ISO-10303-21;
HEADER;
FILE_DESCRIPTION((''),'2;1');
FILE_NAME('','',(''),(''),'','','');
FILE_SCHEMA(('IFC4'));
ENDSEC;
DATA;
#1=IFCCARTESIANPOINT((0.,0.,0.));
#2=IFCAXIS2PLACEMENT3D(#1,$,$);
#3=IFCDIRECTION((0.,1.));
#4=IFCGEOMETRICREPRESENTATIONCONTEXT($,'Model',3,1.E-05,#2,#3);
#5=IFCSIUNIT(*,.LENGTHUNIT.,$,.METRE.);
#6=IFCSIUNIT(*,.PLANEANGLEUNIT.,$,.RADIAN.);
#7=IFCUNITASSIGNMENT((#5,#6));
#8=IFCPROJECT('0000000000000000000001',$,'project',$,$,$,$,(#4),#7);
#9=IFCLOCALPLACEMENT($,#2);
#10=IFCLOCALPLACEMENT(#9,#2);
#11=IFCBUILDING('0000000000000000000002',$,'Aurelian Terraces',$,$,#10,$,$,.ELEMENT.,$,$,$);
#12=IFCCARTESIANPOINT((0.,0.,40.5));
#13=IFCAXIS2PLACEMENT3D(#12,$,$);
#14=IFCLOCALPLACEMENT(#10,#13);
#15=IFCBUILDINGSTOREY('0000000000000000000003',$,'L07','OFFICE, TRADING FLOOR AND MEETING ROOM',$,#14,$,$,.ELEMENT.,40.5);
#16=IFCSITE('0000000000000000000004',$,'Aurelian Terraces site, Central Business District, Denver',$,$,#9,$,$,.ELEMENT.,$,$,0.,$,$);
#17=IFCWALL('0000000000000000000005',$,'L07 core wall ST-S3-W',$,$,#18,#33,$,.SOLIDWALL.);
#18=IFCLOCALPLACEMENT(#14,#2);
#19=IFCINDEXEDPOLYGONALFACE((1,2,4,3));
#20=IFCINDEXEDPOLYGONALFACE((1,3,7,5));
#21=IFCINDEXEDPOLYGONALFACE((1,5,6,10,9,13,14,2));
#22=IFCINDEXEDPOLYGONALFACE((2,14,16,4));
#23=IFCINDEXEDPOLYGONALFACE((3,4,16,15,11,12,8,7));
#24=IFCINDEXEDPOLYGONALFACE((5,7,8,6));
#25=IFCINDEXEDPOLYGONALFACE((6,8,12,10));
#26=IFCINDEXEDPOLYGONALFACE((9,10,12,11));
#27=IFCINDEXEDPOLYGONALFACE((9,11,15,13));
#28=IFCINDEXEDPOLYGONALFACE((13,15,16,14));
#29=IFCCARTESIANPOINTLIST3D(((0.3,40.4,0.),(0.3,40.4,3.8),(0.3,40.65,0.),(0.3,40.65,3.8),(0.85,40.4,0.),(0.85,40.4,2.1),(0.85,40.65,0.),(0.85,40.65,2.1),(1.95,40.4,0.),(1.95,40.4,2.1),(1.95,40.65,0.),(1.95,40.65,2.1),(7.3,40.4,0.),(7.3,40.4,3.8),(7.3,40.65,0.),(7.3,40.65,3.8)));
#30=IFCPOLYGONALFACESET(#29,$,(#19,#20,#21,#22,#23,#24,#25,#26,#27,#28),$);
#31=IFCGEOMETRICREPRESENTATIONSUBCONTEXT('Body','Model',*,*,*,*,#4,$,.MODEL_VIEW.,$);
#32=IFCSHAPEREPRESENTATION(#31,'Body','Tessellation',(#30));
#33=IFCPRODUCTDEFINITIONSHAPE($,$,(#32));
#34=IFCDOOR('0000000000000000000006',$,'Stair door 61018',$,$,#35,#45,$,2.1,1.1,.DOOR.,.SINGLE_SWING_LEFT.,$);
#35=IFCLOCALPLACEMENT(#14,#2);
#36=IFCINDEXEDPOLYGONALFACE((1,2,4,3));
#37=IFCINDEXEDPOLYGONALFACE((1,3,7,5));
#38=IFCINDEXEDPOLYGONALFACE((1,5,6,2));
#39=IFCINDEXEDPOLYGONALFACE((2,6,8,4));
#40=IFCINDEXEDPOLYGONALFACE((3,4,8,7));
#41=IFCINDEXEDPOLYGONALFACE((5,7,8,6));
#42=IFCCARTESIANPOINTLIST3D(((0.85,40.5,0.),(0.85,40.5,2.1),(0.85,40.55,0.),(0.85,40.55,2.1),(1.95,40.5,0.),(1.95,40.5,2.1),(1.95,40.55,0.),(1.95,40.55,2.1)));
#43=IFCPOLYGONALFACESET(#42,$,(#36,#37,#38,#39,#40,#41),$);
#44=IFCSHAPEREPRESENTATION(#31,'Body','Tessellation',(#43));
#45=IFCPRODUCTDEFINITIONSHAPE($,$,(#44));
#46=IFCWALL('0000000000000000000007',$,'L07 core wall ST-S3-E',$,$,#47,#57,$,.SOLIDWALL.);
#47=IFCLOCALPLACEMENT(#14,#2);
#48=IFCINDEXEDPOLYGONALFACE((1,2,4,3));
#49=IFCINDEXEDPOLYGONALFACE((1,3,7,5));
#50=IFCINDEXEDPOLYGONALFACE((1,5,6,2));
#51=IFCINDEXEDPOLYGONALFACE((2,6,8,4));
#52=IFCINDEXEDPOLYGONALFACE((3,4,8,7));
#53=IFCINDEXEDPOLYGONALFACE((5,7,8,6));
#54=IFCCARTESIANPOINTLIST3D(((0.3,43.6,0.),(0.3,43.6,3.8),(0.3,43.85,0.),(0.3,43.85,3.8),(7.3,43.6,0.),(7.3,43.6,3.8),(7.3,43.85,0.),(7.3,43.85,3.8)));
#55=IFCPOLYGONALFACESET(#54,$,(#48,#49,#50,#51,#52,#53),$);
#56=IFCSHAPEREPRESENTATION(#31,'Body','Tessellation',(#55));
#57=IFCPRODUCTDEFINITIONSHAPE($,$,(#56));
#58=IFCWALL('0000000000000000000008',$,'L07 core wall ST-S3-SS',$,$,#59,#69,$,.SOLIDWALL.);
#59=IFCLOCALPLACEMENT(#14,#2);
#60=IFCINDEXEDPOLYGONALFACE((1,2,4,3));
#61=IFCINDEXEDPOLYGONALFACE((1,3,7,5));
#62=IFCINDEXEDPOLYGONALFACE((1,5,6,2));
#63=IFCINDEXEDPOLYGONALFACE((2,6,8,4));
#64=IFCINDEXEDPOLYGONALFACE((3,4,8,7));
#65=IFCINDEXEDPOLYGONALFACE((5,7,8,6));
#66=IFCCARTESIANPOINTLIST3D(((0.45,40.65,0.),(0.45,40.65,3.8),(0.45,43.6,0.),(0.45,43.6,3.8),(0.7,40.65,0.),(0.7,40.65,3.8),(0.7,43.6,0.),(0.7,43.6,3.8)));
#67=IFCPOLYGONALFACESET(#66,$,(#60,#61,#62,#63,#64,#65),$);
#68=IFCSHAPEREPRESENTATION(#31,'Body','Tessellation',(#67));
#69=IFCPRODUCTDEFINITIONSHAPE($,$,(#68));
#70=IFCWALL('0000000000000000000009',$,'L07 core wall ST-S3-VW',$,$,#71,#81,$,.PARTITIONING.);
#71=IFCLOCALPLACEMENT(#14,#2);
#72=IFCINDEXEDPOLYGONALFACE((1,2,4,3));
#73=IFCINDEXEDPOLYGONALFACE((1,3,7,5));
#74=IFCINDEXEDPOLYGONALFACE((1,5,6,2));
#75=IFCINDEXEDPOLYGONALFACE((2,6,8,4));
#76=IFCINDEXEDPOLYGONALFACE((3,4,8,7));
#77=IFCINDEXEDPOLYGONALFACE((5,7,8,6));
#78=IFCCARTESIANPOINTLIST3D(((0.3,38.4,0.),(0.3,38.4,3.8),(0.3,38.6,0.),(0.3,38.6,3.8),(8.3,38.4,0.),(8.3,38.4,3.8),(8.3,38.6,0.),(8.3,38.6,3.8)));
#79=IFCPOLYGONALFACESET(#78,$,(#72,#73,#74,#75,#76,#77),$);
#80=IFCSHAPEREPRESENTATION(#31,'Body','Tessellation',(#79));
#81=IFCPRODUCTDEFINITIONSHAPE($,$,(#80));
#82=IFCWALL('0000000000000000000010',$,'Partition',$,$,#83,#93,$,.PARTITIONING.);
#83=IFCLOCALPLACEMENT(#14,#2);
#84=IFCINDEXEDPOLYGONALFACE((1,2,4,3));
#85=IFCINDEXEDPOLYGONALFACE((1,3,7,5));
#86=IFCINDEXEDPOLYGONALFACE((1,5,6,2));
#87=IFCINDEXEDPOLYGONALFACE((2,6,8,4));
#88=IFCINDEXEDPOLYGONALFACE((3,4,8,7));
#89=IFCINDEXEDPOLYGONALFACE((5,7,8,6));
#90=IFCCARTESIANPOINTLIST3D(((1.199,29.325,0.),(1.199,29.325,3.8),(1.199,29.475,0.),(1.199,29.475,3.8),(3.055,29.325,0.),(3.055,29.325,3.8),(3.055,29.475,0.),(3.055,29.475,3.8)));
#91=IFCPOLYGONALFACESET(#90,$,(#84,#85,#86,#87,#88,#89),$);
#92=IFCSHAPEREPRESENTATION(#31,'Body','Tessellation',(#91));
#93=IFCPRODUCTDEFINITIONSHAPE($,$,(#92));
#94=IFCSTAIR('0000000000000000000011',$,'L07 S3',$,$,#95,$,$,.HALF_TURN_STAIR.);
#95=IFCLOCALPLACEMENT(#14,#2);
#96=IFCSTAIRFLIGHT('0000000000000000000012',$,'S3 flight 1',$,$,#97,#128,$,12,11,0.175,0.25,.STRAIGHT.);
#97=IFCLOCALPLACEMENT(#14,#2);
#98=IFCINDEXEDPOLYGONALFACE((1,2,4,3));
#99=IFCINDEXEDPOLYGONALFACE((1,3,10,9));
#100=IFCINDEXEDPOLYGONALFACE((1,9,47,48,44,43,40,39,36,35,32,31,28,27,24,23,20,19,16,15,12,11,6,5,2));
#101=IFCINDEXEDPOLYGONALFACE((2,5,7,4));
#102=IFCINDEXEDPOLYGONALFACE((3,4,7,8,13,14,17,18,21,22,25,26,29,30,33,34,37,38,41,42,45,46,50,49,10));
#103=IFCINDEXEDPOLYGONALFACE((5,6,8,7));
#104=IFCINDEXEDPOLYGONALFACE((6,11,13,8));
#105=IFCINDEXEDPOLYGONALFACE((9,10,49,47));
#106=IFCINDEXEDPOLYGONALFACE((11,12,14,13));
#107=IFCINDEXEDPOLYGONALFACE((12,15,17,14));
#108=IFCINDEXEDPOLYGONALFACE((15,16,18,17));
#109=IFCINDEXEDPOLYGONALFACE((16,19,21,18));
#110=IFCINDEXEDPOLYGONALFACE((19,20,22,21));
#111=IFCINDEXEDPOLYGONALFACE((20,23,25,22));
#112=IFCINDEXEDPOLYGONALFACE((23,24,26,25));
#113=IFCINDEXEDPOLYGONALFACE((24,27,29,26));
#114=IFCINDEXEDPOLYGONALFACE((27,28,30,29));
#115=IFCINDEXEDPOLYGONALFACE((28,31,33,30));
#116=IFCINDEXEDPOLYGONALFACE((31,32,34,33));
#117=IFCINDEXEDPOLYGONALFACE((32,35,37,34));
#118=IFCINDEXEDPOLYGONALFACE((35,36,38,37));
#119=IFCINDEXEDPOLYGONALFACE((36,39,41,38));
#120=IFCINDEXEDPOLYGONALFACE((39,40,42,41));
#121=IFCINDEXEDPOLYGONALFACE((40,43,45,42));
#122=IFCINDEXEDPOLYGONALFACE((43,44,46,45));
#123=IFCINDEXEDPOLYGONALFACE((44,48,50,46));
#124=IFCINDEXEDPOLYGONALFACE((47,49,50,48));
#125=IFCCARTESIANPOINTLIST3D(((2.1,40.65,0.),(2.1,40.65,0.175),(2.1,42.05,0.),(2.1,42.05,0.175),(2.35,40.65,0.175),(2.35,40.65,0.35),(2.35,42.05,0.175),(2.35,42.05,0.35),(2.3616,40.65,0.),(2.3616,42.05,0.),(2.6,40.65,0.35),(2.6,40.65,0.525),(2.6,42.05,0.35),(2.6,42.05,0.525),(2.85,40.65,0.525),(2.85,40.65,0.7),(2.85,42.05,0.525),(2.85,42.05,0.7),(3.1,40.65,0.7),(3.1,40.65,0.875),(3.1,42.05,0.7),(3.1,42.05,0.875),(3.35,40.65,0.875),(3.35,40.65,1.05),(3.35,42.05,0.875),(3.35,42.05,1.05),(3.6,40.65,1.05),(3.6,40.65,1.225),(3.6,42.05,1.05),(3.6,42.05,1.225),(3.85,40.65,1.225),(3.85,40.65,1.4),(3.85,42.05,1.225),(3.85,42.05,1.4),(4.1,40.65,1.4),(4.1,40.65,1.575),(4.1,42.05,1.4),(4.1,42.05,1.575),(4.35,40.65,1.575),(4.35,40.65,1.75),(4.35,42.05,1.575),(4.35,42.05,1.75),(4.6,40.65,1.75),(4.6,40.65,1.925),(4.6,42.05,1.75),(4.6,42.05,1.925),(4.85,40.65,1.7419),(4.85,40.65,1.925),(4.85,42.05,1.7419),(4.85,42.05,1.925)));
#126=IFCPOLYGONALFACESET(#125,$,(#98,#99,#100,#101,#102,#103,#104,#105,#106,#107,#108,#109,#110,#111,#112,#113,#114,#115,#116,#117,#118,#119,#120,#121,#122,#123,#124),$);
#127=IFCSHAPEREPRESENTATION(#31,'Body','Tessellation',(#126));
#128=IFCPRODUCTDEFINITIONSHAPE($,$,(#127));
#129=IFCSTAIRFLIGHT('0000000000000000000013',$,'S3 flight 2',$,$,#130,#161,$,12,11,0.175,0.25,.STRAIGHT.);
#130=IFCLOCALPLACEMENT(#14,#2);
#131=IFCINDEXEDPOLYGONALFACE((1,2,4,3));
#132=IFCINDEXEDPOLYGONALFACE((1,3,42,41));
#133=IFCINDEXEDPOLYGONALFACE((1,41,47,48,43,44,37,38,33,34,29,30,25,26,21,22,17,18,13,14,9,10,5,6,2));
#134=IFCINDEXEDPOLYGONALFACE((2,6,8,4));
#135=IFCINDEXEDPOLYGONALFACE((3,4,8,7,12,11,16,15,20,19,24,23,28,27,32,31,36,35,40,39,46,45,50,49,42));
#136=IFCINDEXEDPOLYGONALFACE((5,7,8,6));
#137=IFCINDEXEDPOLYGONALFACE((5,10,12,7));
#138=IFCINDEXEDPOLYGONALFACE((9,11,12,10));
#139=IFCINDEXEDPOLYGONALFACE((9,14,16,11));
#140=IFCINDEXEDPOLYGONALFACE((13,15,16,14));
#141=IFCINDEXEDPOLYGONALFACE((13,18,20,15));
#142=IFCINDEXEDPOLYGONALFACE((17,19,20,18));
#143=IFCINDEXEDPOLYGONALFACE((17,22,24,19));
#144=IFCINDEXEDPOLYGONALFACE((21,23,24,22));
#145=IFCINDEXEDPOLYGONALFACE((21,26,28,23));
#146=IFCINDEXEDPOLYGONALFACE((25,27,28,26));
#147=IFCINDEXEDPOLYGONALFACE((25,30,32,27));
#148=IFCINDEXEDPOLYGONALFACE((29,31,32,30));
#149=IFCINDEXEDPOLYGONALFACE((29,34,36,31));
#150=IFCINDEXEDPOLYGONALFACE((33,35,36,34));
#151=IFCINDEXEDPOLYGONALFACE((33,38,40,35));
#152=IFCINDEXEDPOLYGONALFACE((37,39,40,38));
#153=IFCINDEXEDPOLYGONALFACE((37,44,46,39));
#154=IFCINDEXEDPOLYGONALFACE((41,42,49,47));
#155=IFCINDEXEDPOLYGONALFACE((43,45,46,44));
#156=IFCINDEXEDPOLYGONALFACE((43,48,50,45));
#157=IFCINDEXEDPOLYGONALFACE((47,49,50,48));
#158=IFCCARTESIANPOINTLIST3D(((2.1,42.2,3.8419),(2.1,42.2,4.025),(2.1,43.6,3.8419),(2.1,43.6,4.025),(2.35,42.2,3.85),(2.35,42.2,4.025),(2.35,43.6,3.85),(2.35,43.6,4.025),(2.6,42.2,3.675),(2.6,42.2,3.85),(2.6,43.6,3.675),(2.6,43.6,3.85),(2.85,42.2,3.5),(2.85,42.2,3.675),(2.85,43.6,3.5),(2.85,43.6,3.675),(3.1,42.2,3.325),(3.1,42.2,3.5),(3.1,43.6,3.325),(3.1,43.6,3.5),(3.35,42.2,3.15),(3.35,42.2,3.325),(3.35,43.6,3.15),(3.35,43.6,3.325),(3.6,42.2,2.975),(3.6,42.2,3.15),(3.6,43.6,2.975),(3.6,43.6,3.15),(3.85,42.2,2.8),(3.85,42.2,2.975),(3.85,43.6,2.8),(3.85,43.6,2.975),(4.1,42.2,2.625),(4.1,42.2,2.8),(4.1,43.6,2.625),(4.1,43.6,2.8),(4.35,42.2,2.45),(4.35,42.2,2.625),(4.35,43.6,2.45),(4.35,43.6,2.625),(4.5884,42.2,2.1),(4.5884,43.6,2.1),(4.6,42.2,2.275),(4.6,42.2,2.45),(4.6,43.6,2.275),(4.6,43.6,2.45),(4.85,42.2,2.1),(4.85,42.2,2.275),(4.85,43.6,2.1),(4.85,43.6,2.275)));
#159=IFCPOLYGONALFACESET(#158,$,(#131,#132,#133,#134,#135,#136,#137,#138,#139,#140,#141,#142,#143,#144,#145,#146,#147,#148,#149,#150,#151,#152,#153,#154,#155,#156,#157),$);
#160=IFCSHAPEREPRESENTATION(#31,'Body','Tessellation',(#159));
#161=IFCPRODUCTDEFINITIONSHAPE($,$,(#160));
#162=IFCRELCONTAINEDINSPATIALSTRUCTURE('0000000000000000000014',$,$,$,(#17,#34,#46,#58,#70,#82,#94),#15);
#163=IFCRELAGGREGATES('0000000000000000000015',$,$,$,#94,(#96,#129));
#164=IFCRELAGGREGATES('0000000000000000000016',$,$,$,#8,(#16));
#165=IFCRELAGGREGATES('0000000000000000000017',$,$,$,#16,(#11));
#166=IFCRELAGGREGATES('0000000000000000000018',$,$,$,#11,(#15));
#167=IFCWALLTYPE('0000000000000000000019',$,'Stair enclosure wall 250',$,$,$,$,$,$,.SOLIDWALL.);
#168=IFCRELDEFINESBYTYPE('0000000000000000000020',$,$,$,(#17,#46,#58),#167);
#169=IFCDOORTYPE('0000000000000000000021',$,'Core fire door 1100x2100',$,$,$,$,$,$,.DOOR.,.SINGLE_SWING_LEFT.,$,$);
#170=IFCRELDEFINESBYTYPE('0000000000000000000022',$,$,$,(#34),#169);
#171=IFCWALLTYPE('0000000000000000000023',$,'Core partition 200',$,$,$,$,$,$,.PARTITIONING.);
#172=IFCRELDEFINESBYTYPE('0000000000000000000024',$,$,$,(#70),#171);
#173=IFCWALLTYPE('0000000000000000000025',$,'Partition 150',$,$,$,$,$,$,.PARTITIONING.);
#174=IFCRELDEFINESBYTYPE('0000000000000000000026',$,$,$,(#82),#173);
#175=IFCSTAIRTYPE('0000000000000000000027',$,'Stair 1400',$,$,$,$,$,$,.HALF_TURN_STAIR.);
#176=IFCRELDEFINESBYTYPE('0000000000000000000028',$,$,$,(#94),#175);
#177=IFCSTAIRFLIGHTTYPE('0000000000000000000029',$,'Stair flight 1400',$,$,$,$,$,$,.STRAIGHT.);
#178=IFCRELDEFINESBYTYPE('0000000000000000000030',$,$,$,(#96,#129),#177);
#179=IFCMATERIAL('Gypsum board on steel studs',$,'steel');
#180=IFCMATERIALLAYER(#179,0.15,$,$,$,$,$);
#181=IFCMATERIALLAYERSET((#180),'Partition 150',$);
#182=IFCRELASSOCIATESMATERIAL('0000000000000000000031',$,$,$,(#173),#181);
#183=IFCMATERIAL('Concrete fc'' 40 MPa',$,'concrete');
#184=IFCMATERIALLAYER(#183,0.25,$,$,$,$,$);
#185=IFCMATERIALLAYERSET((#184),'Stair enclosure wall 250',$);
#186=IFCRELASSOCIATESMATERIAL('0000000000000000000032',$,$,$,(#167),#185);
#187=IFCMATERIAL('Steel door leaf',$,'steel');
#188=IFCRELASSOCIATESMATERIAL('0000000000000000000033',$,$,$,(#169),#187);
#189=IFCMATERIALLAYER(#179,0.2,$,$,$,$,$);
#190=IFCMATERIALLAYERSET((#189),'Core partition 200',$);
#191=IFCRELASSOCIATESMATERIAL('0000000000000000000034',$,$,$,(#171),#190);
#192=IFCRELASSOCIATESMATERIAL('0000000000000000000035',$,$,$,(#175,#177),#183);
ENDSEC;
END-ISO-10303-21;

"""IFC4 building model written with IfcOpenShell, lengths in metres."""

from ifc_helpers import new_model, si_unit, direction, frame, frame_2d, origin, place, context, subcontext, project, spatial, polyline, rectangle, outline, extrude, source, transform, mapped, material, layer, layer_set, type_object, element, fill, aggregate, save


model = new_model("IFC4")

# Units and contexts
model_context = context("Model", 3, precision=1e-05, world=origin(), true_north=direction((0.0, 1.0)))
body_context = subcontext(model_context, "Body", "Model", "MODEL_VIEW")
ifc_project = project(units=[si_unit("LENGTHUNIT", "METRE"), si_unit("PLANEANGLEUNIT", "RADIAN")], contexts=[model_context])

# Site, building, storey
site_placement = place(None, origin())
site = spatial("IfcSite", under=ifc_project, at=site_placement, Name="Aurelian Terraces site, Central Business District, Denver", CompositionType="ELEMENT", RefElevation=0.0)
building_placement = place(site_placement, origin())
building = spatial("IfcBuilding", under=site, at=building_placement, Name="Aurelian Terraces", CompositionType="ELEMENT")
storey_placement = place(building_placement, frame((0.0, 0.0, 40.5)))
storey = spatial("IfcBuildingStorey", under=building, at=storey_placement, Name="L07", Description="OFFICE, TRADING FLOOR AND MEETING ROOM", CompositionType="ELEMENT", Elevation=40.5)

# Shared definitions
ifc_material_1 = material(Name="Gypsum board on steel studs", Category="steel")
ifc_layer_1 = layer(ifc_material_1, 0.15)
ifc_layer_set_1 = layer_set([ifc_layer_1], Name="Partition 150")
wall_type_1 = type_object("IfcWallType", Name="Partition 150", PredefinedType="PARTITIONING", material=ifc_layer_set_1)

# Shared definitions
ifc_material_2 = material(Name="Concrete fc' 40 MPa", Category="concrete")

# Wall, opening, door
ifc_layer_2 = layer(ifc_material_2, 0.25)
ifc_layer_set_2 = layer_set([ifc_layer_2], Name="Stair enclosure wall 250")
wall_type_2 = type_object("IfcWallType", Name="Stair enclosure wall 250", PredefinedType="SOLIDWALL", material=ifc_layer_set_2)
shared_shape_1 = source(origin(), body_context, "Body", "SweptSolid", [
    extrude(rectangle(XDim=7.0, YDim=0.25, at=frame_2d((3.5, 0.0))), origin(), (0.0, 0.0, 1.0), 3.8),
])
wall_1_placement = place(storey_placement, frame((0.3, 40.525, 0.0), z_axis=(0.0, 0.0, 1.0), x_axis=(1.0, 0.0, 0.0)))
wall_1 = element("IfcWall", 1, at=wall_1_placement, inside=storey, type_object=wall_type_2, Name="L07 core wall ST-S3-W", PredefinedType="SOLIDWALL", context=body_context, shape_type="MappedRepresentation", body=[
    mapped(shared_shape_1, transform((0.0, 0.0, 0.0), scale=1.0)),
])
shared_shape_2 = source(origin(), body_context, "Body", "SweptSolid", [
    extrude(rectangle(XDim=1.1, YDim=2.1, at=frame_2d((0.55, 1.05))), frame((0.0, 0.135, 0.0), z_axis=(0.0, -1.0, 0.0), x_axis=(1.0, 0.0, 0.0)), (0.0, 0.0, 1.0), 0.27),
])
opening_1_placement = place(wall_1_placement, frame((0.55, 0.0, 0.0)))
opening_1 = element("IfcOpeningElement", 2, at=opening_1_placement, cuts=wall_1, PredefinedType="OPENING", context=body_context, shape_type="MappedRepresentation", body=[
    mapped(shared_shape_2, transform((0.0, 0.0, 0.0), scale=1.0)),
])
ifc_material_3 = material(Name="Steel door leaf", Category="steel")
door_type_1 = type_object("IfcDoorType", Name="Core fire door 1100x2100", OperationType="SINGLE_SWING_LEFT", PredefinedType="DOOR", material=ifc_material_3)
shared_shape_3 = source(origin(), body_context, "Body", "SweptSolid", [
    extrude(rectangle(XDim=1.1, YDim=2.1, at=frame_2d((0.55, 1.05))), frame((0.0, 0.025, 0.0), z_axis=(0.0, -1.0, 0.0), x_axis=(1.0, 0.0, 0.0)), (0.0, 0.0, 1.0), 0.05),
])
door_1_placement = place(opening_1_placement, origin())
door_1 = element("IfcDoor", 3, at=door_1_placement, inside=storey, type_object=door_type_1, Name="Stair door 61018", OperationType="SINGLE_SWING_LEFT", OverallHeight=2.1, OverallWidth=1.1, PredefinedType="DOOR", context=body_context, shape_type="MappedRepresentation", body=[
    mapped(shared_shape_3, transform((0.0, 0.0, 0.0), scale=1.0)),
])
fill(opening_1, door_1)

# Walls
wall_2_placement = place(storey_placement, frame((0.3, 43.725, 0.0), z_axis=(0.0, 0.0, 1.0), x_axis=(1.0, 0.0, 0.0)))
element("IfcWall", 4, at=wall_2_placement, inside=storey, type_object=wall_type_2, Name="L07 core wall ST-S3-E", PredefinedType="SOLIDWALL", context=body_context, shape_type="MappedRepresentation", body=[
    mapped(shared_shape_1, transform((0.0, 0.0, 0.0), scale=1.0)),
])
shared_shape_4 = source(origin(), body_context, "Body", "SweptSolid", [
    extrude(rectangle(XDim=2.95, YDim=0.25, at=frame_2d((1.475, 0.0))), origin(), (0.0, 0.0, 1.0), 3.8),
])
wall_3_placement = place(storey_placement, frame((0.575, 40.65, 0.0), z_axis=(0.0, 0.0, 1.0), x_axis=(0.0, 1.0, 0.0)))
element("IfcWall", 5, at=wall_3_placement, inside=storey, type_object=wall_type_2, Name="L07 core wall ST-S3-SS", PredefinedType="SOLIDWALL", context=body_context, shape_type="MappedRepresentation", body=[
    mapped(shared_shape_4, transform((0.0, 0.0, 0.0), scale=1.0)),
])
ifc_layer_3 = layer(ifc_material_1, 0.2)
ifc_layer_set_3 = layer_set([ifc_layer_3], Name="Core partition 200")
wall_type_3 = type_object("IfcWallType", Name="Core partition 200", PredefinedType="PARTITIONING", material=ifc_layer_set_3)
shared_shape_5 = source(origin(), body_context, "Body", "SweptSolid", [
    extrude(rectangle(XDim=8.0, YDim=0.2, at=frame_2d((4.0, 0.0))), origin(), (0.0, 0.0, 1.0), 3.8),
])
wall_4_placement = place(storey_placement, frame((0.3, 38.5, 0.0), z_axis=(0.0, 0.0, 1.0), x_axis=(1.0, 0.0, 0.0)))
element("IfcWall", 6, at=wall_4_placement, inside=storey, type_object=wall_type_3, Name="L07 core wall ST-S3-VW", PredefinedType="PARTITIONING", context=body_context, shape_type="MappedRepresentation", body=[
    mapped(shared_shape_5, transform((0.0, 0.0, 0.0), scale=1.0)),
])
shared_shape_6 = source(origin(), body_context, "Body", "SweptSolid", [
    extrude(rectangle(XDim=1.856, YDim=0.15, at=frame_2d((0.928, 0.0))), origin(), (0.0, 0.0, 1.0), 3.8),
])
wall_5_placement = place(storey_placement, frame((3.055, 29.4, 0.0), z_axis=(0.0, 0.0, 1.0), x_axis=(-1.0, 0.0, 0.0)))
element("IfcWall", 7, at=wall_5_placement, inside=storey, type_object=wall_type_1, Name="Partition", PredefinedType="PARTITIONING", context=body_context, shape_type="MappedRepresentation", body=[
    mapped(shared_shape_6, transform((0.0, 0.0, 0.0), scale=1.0)),
])

# Stair, stair flights
stair_type = type_object("IfcStairType", Name="Stair 1400", PredefinedType="HALF_TURN_STAIR", material=ifc_material_2)
stair_placement = place(storey_placement, origin())
stair = element("IfcStair", 8, at=stair_placement, inside=storey, type_object=stair_type, Name="L07 S3", PredefinedType="HALF_TURN_STAIR")
stair_flight_type = type_object("IfcStairFlightType", Name="Stair flight 1400", PredefinedType="STRAIGHT", material=ifc_material_2)
shared_shape_7 = source(origin(), body_context, "Body", "SweptSolid", [
    extrude(outline(polyline([(0.0, 0.0), (0.0, 0.175), (0.25, 0.175), (0.25, 0.35), (0.5, 0.35), (0.5, 0.525), (0.75, 0.525), (0.75, 0.7), (1.0, 0.7), (1.0, 0.875), (1.25, 0.875), (1.25, 1.05), (1.5, 1.05), (1.5, 1.225), (1.75, 1.225), (1.75, 1.4), (2.0, 1.4), (2.0, 1.575), (2.25, 1.575), (2.25, 1.75), (2.5, 1.75), (2.5, 1.925), (2.75, 1.925), (2.75, 2.1), (2.75, 1.7419), (0.2616, 0.0), (0.0, 0.0)])), frame((0.0, 0.7, 0.0), z_axis=(0.0, -1.0, 0.0), x_axis=(1.0, 0.0, 0.0)), (0.0, 0.0, 1.0), 1.4),
])
stair_flight_1_placement = place(storey_placement, frame((2.1, 41.35, 0.0), z_axis=(0.0, 0.0, 1.0), x_axis=(1.0, 0.0, 0.0)))
stair_flight_1 = element("IfcStairFlight", 9, at=stair_flight_1_placement, type_object=stair_flight_type, Name="S3 flight 1", NumberOfRisers=12, NumberOfTreads=11, PredefinedType="STRAIGHT", RiserHeight=0.175, TreadLength=0.25, context=body_context, shape_type="MappedRepresentation", body=[
    mapped(shared_shape_7, transform((0.0, 0.0, 0.0), scale=1.0)),
])
stair_flight_2_placement = place(storey_placement, frame((4.85, 42.9, 2.1), z_axis=(0.0, 0.0, 1.0), x_axis=(-1.0, 0.0, 0.0)))
stair_flight_2 = element("IfcStairFlight", 10, at=stair_flight_2_placement, type_object=stair_flight_type, Name="S3 flight 2", NumberOfRisers=12, NumberOfTreads=11, PredefinedType="STRAIGHT", RiserHeight=0.175, TreadLength=0.25, context=body_context, shape_type="MappedRepresentation", body=[
    mapped(shared_shape_7, transform((0.0, 0.0, 0.0), scale=1.0)),
])
aggregate(stair, [stair_flight_1, stair_flight_2])

save(model, "model.ifc")
